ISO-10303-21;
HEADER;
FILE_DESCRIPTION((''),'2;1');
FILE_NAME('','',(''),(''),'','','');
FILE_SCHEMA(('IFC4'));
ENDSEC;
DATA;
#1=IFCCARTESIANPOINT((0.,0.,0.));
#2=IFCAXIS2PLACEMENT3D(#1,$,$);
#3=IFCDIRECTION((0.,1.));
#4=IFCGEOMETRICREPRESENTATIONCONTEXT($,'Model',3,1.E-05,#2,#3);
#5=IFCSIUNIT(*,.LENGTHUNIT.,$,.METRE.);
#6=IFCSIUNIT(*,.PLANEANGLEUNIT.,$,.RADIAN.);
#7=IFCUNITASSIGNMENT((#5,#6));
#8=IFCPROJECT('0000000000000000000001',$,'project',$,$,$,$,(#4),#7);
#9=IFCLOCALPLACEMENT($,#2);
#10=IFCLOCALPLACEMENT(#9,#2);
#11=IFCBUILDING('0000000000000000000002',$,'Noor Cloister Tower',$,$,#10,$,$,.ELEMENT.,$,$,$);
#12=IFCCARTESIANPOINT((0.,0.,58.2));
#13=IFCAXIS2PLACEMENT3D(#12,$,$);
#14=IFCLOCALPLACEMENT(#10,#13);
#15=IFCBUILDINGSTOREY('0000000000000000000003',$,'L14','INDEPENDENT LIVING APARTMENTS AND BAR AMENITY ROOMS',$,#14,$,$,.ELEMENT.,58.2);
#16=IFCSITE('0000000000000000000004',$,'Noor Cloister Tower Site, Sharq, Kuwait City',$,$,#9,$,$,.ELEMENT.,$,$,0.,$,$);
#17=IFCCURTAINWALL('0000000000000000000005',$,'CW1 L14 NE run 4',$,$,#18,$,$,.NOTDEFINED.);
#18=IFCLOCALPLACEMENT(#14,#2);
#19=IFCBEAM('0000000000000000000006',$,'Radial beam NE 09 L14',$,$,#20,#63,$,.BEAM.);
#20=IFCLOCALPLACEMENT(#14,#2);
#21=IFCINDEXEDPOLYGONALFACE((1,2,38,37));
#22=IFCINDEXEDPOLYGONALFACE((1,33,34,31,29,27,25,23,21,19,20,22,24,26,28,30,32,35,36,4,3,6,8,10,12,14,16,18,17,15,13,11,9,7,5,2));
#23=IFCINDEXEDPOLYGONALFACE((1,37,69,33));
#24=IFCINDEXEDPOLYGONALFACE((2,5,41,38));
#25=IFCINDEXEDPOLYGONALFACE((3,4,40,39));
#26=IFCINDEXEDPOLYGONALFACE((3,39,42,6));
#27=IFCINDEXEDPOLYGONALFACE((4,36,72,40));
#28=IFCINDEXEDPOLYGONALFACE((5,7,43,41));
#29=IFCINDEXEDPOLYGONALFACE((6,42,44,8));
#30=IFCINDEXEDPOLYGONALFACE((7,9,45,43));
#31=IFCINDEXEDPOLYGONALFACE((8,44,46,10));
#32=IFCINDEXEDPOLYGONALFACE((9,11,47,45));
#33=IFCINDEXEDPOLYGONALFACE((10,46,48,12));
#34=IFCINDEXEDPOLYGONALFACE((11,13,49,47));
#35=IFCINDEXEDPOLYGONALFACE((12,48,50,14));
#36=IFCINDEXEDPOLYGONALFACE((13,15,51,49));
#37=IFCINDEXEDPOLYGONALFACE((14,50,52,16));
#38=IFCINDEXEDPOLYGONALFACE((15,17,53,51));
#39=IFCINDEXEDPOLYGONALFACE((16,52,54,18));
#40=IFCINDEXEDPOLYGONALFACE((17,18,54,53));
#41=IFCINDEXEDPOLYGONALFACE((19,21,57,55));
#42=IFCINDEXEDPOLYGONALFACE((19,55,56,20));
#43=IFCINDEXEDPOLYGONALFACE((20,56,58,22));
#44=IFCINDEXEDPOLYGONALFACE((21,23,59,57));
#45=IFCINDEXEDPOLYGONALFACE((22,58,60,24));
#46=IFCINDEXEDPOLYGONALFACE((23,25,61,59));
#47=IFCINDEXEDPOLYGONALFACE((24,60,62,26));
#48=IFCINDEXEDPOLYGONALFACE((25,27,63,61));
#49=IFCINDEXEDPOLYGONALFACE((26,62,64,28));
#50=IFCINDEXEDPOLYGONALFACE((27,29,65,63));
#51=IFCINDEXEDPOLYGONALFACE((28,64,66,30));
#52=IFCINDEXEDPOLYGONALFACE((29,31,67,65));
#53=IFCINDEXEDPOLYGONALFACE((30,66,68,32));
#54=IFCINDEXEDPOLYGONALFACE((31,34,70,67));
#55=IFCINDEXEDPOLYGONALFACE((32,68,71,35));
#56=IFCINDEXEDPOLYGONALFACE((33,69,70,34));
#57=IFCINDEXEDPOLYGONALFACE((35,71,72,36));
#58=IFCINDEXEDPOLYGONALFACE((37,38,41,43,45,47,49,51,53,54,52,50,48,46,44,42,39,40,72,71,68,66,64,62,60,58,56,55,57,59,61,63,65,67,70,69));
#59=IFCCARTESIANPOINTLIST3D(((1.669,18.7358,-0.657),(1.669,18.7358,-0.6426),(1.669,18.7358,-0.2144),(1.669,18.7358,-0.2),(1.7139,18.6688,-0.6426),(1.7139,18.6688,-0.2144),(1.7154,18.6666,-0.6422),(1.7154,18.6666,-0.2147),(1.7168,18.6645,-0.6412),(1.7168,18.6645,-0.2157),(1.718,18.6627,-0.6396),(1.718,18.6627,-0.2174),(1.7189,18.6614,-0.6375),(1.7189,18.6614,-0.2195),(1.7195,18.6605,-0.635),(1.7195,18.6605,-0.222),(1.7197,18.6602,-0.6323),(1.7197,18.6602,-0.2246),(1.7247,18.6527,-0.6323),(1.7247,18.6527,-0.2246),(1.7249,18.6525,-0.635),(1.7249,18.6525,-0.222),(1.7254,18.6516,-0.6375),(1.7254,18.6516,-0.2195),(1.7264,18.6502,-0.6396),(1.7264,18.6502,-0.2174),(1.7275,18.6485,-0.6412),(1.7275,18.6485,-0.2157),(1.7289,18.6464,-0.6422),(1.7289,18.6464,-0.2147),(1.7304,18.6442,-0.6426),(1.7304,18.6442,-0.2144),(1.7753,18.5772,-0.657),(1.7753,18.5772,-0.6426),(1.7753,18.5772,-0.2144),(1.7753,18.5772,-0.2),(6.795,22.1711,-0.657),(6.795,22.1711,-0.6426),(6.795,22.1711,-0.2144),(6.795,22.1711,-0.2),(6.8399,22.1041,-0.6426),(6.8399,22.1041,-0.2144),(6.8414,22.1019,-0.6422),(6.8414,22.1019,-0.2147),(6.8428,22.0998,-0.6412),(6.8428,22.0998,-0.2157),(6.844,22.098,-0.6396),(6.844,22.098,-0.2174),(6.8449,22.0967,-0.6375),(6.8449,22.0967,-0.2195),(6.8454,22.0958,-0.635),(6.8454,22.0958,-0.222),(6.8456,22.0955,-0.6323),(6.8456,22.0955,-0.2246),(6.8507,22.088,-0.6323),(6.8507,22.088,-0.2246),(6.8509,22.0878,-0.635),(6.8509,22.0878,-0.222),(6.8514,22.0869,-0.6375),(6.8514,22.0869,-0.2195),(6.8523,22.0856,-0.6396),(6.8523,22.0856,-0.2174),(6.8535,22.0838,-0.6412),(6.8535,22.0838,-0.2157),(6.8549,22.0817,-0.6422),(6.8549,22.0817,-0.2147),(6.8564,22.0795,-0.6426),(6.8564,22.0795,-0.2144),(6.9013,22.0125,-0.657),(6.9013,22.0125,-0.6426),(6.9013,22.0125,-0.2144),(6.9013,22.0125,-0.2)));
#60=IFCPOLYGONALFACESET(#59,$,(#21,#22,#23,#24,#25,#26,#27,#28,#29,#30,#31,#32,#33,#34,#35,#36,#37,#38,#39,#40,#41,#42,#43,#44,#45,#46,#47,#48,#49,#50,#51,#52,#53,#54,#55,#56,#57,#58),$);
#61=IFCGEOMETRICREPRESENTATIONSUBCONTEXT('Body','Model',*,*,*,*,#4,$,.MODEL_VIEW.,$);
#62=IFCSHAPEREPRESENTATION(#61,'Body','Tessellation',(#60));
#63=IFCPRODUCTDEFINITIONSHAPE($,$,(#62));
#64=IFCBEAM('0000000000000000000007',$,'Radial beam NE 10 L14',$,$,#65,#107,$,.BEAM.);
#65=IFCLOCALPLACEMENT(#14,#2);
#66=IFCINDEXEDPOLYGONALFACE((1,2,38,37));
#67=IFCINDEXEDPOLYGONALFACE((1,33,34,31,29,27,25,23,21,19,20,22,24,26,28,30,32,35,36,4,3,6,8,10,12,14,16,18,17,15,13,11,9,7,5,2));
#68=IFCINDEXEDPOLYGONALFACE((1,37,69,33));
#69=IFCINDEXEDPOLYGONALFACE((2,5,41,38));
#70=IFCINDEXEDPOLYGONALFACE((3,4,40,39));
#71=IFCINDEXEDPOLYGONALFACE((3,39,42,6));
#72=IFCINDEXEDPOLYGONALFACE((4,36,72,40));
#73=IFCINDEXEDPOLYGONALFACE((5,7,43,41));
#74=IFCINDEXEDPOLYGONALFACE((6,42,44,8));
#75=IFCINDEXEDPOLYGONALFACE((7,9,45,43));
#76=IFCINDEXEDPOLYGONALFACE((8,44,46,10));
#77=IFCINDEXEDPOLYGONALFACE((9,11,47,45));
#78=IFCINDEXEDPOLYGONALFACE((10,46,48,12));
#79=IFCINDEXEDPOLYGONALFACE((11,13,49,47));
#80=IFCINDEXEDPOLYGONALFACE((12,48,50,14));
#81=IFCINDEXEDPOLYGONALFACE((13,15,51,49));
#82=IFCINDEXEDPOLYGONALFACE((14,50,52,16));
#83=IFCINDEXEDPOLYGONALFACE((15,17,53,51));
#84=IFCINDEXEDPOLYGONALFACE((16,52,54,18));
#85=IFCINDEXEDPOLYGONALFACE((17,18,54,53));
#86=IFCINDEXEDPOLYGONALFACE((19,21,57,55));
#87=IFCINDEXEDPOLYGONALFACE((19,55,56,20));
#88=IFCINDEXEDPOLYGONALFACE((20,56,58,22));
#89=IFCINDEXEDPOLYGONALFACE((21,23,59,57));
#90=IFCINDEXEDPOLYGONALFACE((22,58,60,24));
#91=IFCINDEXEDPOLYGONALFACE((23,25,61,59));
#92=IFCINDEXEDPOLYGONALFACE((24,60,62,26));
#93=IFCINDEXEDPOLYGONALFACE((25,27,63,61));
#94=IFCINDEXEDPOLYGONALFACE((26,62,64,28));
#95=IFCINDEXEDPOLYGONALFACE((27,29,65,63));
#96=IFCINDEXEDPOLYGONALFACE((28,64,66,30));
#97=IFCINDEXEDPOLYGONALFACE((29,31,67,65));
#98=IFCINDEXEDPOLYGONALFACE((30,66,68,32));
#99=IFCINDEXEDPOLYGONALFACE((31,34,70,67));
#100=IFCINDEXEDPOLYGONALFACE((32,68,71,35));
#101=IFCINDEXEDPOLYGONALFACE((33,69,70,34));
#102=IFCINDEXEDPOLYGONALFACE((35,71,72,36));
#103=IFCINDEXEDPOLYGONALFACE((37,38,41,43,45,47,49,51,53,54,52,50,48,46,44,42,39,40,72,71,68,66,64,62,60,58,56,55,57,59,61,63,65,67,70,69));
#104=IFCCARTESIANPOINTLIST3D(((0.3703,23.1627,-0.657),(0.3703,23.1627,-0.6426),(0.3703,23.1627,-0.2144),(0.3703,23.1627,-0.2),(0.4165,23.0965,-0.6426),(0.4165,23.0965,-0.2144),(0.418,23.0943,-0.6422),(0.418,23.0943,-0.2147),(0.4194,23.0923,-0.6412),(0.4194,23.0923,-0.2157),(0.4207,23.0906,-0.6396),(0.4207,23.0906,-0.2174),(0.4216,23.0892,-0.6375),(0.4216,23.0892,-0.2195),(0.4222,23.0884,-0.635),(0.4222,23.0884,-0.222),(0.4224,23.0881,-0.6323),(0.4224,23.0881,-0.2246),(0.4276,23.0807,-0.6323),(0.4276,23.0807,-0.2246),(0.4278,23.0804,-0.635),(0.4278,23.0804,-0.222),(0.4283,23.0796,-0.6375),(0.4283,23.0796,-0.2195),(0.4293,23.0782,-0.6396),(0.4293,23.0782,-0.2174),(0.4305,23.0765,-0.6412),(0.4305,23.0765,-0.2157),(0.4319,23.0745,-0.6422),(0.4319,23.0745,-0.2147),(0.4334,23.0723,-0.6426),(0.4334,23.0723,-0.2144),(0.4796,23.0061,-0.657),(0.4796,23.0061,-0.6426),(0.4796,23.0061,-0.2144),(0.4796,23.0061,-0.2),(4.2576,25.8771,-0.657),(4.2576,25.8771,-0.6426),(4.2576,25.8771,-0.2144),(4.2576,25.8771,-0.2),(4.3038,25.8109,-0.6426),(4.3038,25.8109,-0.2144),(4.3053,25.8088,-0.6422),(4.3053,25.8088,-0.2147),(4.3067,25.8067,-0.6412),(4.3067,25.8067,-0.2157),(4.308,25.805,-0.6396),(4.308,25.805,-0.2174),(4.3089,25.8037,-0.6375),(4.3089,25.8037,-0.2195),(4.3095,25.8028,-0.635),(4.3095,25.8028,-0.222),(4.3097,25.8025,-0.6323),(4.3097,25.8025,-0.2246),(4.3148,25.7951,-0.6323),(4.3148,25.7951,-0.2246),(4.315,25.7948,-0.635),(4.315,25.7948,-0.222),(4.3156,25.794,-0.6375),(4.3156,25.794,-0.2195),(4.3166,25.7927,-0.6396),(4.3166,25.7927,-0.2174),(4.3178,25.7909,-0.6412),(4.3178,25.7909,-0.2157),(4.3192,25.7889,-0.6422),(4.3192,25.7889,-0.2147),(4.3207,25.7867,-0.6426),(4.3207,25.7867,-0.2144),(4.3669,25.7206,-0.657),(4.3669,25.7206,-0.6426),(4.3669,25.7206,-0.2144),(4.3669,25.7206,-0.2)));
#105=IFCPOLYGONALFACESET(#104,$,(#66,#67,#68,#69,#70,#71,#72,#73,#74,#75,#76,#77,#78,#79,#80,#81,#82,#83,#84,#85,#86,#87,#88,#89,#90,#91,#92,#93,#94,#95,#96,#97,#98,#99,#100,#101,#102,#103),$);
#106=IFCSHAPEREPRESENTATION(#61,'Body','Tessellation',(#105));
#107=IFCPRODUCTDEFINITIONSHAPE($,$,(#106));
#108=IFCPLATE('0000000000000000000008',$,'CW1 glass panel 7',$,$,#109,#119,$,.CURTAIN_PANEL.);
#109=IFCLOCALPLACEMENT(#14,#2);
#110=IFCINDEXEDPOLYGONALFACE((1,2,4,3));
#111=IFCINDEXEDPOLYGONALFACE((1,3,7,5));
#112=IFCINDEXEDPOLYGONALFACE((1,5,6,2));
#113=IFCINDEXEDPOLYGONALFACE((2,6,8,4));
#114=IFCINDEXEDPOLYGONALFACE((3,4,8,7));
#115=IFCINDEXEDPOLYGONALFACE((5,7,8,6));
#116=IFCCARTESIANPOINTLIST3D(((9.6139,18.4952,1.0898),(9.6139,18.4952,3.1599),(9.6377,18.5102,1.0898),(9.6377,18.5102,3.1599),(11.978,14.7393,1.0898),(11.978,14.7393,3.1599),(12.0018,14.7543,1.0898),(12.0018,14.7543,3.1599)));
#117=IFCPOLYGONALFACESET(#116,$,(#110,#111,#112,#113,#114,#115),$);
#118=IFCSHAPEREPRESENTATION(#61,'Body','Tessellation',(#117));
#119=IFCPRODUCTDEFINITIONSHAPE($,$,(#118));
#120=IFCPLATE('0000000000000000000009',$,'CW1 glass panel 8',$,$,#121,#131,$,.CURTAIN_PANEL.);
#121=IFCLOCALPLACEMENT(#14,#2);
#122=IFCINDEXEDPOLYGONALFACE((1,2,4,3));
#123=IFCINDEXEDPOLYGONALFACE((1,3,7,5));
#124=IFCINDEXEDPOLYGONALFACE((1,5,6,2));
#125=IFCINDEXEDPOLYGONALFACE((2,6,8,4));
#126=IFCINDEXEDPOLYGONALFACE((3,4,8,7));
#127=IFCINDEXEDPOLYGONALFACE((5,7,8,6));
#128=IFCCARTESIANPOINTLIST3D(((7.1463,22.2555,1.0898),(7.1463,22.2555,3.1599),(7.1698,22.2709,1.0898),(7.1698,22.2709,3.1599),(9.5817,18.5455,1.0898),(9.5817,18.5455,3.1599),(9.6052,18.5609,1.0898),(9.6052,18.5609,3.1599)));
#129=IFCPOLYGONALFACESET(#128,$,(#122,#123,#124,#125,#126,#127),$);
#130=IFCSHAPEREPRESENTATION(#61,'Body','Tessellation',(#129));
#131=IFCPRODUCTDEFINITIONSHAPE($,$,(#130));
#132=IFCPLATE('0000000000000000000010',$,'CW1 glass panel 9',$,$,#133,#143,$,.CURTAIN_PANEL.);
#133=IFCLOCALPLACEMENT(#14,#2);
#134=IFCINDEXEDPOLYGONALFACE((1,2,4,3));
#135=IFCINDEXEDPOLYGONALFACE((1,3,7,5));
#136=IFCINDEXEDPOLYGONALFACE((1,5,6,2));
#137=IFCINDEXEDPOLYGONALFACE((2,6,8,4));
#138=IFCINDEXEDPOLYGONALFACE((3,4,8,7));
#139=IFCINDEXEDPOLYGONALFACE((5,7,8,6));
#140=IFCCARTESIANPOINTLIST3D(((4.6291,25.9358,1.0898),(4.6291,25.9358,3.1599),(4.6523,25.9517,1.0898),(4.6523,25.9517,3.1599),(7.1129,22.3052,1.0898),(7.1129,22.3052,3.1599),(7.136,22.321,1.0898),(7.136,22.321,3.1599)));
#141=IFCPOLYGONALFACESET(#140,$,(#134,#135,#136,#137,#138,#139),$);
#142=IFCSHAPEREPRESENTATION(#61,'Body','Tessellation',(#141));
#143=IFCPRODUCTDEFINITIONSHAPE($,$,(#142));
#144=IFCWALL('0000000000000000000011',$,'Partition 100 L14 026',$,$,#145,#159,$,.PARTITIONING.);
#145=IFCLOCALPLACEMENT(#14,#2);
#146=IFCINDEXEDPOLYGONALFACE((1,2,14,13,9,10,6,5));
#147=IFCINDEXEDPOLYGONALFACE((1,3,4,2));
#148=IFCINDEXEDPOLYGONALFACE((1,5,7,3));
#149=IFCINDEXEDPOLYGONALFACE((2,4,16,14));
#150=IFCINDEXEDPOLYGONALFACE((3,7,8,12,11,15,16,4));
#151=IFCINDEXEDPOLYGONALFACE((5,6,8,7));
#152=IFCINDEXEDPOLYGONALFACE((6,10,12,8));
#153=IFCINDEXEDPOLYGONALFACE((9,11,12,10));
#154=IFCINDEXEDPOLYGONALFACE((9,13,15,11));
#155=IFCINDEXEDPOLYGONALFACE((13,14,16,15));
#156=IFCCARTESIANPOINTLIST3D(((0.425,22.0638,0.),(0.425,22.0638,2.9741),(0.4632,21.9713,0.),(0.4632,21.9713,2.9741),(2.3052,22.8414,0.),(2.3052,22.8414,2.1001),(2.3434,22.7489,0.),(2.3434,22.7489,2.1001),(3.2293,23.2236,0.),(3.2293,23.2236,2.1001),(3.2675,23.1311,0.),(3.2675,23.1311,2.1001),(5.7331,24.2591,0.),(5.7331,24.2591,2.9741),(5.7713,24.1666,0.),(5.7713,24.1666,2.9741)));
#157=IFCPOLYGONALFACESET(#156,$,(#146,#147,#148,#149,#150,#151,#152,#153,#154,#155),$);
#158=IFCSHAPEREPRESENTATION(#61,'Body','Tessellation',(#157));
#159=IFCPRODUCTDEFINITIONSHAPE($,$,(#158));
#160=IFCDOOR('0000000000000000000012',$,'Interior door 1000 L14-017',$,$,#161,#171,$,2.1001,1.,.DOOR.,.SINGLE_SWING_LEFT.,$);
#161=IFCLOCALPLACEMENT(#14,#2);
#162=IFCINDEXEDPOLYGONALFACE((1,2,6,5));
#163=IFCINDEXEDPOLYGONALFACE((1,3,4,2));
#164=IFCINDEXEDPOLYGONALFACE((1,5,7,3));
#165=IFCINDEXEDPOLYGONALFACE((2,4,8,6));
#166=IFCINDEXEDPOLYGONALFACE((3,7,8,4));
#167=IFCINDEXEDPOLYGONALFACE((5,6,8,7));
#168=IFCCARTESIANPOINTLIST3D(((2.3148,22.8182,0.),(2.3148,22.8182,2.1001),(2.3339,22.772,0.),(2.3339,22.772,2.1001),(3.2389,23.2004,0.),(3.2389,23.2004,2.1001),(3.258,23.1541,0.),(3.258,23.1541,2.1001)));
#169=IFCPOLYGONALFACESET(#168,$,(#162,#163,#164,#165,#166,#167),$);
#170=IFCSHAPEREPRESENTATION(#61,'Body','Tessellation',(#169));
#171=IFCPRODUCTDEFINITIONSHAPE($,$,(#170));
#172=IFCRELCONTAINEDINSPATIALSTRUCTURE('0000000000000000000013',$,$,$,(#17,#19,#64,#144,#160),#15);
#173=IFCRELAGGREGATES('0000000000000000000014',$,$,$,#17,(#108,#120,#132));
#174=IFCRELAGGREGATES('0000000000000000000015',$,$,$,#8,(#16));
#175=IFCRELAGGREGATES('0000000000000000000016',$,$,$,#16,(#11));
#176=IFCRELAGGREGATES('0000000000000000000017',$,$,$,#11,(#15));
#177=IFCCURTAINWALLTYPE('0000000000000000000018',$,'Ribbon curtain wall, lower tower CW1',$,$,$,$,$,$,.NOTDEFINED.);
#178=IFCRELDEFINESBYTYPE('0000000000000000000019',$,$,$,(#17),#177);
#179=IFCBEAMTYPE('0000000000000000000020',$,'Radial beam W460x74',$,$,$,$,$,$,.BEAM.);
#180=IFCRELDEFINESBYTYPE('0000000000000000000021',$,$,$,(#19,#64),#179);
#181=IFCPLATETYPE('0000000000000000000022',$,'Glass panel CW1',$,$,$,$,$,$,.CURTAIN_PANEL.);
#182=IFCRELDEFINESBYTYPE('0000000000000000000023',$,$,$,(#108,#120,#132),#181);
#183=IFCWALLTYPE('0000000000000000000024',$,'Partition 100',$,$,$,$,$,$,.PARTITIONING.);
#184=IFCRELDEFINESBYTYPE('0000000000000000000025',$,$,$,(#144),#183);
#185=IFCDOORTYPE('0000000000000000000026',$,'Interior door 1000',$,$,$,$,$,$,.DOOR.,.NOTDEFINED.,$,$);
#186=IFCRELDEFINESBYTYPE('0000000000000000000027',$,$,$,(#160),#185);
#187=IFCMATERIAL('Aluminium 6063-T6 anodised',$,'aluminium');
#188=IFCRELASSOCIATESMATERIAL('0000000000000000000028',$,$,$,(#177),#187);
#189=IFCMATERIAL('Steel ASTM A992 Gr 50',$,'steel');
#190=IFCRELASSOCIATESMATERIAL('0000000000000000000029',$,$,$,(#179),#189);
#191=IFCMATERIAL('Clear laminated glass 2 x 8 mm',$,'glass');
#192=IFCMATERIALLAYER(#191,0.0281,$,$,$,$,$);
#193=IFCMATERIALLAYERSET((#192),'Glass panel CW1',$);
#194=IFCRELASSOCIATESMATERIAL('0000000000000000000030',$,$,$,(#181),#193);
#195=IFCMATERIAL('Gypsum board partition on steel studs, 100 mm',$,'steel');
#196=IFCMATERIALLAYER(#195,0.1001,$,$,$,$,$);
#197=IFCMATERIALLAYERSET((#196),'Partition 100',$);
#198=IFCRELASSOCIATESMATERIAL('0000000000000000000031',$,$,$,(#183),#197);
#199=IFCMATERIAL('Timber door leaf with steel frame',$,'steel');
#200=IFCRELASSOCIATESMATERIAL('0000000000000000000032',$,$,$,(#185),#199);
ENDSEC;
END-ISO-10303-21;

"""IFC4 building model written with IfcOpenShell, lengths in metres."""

from ifc_helpers import new_model, si_unit, direction, frame, frame_2d, origin, origin_2d, place, context, subcontext, project, spatial, rectangle, i_section, extrude, material, layer, layer_set, material_profile, profile_set, type_object, element, fill, aggregate, save


model = new_model("IFC4")

# Units and contexts
model_context = context("Model", 3, precision=1e-05, world=origin(), true_north=direction((0.0, 1.0)))
body_context = subcontext(model_context, "Body", "Model", "MODEL_VIEW")
ifc_project = project(units=[si_unit("LENGTHUNIT", "METRE"), si_unit("PLANEANGLEUNIT", "RADIAN")], contexts=[model_context])

# Site, building, storey
site_placement = place(None, origin())
site = spatial("IfcSite", under=ifc_project, at=site_placement, Name="Noor Cloister Tower Site, Sharq, Kuwait City", CompositionType="ELEMENT", RefElevation=0.0)
building_placement = place(site_placement, origin())
building = spatial("IfcBuilding", under=site, at=building_placement, Name="Noor Cloister Tower", CompositionType="ELEMENT")
storey_placement = place(building_placement, frame((0.0, 0.0, 58.2)))
storey = spatial("IfcBuildingStorey", under=building, at=storey_placement, Name="L14", Description="INDEPENDENT LIVING APARTMENTS AND BAR AMENITY ROOMS", CompositionType="ELEMENT", Elevation=58.2)

# Curtain wall
ifc_material_1 = material(Name="Aluminium 6063-T6 anodised", Category="aluminium")
curtain_wall_type = type_object("IfcCurtainWallType", Name="Ribbon curtain wall, lower tower CW1", PredefinedType="NOTDEFINED", material=ifc_material_1)
curtain_wall_placement = place(storey_placement, origin())
curtain_wall = element("IfcCurtainWall", 1, at=curtain_wall_placement, inside=storey, type_object=curtain_wall_type, Name="CW1 L14 NE run 4", PredefinedType="NOTDEFINED")

# Beams
ifc_material_2 = material(Name="Steel ASTM A992 Gr 50", Category="steel")
ifc_material_profile_1 = material_profile(ifc_material_2, i_section(OverallWidth=0.1909, OverallDepth=0.457, WebThickness=0.009, FlangeThickness=0.0144, FilletRadius=0.0103, at=origin_2d()), Name="W460x74")
ifc_profile_set_1 = profile_set([ifc_material_profile_1], Name="Steel ASTM A992 Gr 50")
beam_type_1 = type_object("IfcBeamType", Name="Radial beam W460x74", PredefinedType="BEAM", material=ifc_profile_set_1)
beam_1_placement = place(storey_placement, frame((6.8481, 22.0918, -0.4285), z_axis=(-0.830703, -0.556716, 0.0), x_axis=(0.556716, -0.830703, 0.0)))
element("IfcBeam", 2, at=beam_1_placement, inside=storey, type_object=beam_type_1, Name="Radial beam NE 09 L14", PredefinedType="BEAM", context=body_context, shape_type="SweptSolid", body=[
    extrude(i_section(OverallWidth=0.1909, OverallDepth=0.457, WebThickness=0.009, FlangeThickness=0.0144, FilletRadius=0.0103, at=origin_2d()), origin(), (0.0, 0.0, 1.0), 6.1707),
])
beam_2_placement = place(storey_placement, frame((4.3123, 25.7988, -0.4285), z_axis=(-0.819894, -0.572515, 0.0), x_axis=(0.572515, -0.819894, 0.0)))
element("IfcBeam", 3, at=beam_2_placement, inside=storey, type_object=beam_type_1, Name="Radial beam NE 10 L14", PredefinedType="BEAM", context=body_context, shape_type="SweptSolid", body=[
    extrude(i_section(OverallWidth=0.1909, OverallDepth=0.457, WebThickness=0.009, FlangeThickness=0.0144, FilletRadius=0.0103, at=origin_2d()), origin(), (0.0, 0.0, 1.0), 4.7412),
])

# Plates
ifc_material_3 = material(Name="Clear laminated glass 2 x 8 mm", Category="glass")
ifc_layer_1 = layer(ifc_material_3, 0.0281)
ifc_layer_set_1 = layer_set([ifc_layer_1], Name="Glass panel CW1")
plate_type = type_object("IfcPlateType", Name="Glass panel CW1", PredefinedType="CURTAIN_PANEL", material=ifc_layer_set_1)
plate_1_placement = place(storey_placement, frame((10.8079, 16.6248, 1.0898), z_axis=(0.0, 0.0, 1.0), x_axis=(-0.532703, 0.846302, 0.0)))
plate_1 = element("IfcPlate", 4, at=plate_1_placement, type_object=plate_type, Name="CW1 glass panel 7", PredefinedType="CURTAIN_PANEL", context=body_context, shape_type="SweptSolid", body=[
    extrude(rectangle(XDim=4.438, YDim=0.0281, at=origin_2d()), origin(), (0.0, 0.0, 1.0), 2.0701),
])
plate_2_placement = place(storey_placement, frame((8.3757, 20.4082, 1.0898), z_axis=(0.0, 0.0, 1.0), x_axis=(-0.548766, 0.835976, 0.0)))
plate_2 = element("IfcPlate", 5, at=plate_2_placement, type_object=plate_type, Name="CW1 glass panel 8", PredefinedType="CURTAIN_PANEL", context=body_context, shape_type="SweptSolid", body=[
    extrude(rectangle(XDim=4.438, YDim=0.0281, at=origin_2d()), origin(), (0.0, 0.0, 1.0), 2.0701),
])
plate_3_placement = place(storey_placement, frame((5.8826, 24.1284, 1.0898), z_axis=(0.0, 0.0, 1.0), x_axis=(-0.564629, 0.825345, 0.0)))
plate_3 = element("IfcPlate", 6, at=plate_3_placement, type_object=plate_type, Name="CW1 glass panel 9", PredefinedType="CURTAIN_PANEL", context=body_context, shape_type="SweptSolid", body=[
    extrude(rectangle(XDim=4.3989, YDim=0.0281, at=origin_2d()), origin(), (0.0, 0.0, 1.0), 2.0701),
])
aggregate(curtain_wall, [plate_1, plate_2, plate_3])

# Wall, opening, door
ifc_material_4 = material(Name="Gypsum board partition on steel studs, 100 mm", Category="steel")
ifc_layer_2 = layer(ifc_material_4, 0.1001)
ifc_layer_set_2 = layer_set([ifc_layer_2], Name="Partition 100")
wall_type = type_object("IfcWallType", Name="Partition 100", PredefinedType="PARTITIONING", material=ifc_layer_set_2)
wall_1_placement = place(storey_placement, frame((0.4441, 22.0176, 0.0), z_axis=(0.0, 0.0, 1.0), x_axis=(0.924087, 0.382182, 0.0)))
wall_1 = element("IfcWall", 7, at=wall_1_placement, inside=storey, type_object=wall_type, Name="Partition 100 L14 026", PredefinedType="PARTITIONING", context=body_context, shape_type="SweptSolid", body=[
    extrude(rectangle(XDim=5.7441, YDim=0.1001, at=frame_2d((2.8721, 0.0))), origin(), (0.0, 0.0, 1.0), 2.9741),
])
opening_1_placement = place(wall_1_placement, frame((2.0347, 0.0, 0.0)))
opening_1 = element("IfcOpeningElement", 8, at=opening_1_placement, cuts=wall_1, PredefinedType="OPENING", context=body_context, shape_type="SweptSolid", body=[
    extrude(rectangle(XDim=1.0, YDim=2.1001, at=frame_2d((0.5, 1.05))), frame((0.0, 0.0601, 0.0), z_axis=(0.0, -1.0, 0.0), x_axis=(1.0, 0.0, 0.0)), (0.0, 0.0, 1.0), 0.1201),
])
ifc_material_5 = material(Name="Timber door leaf with steel frame", Category="steel")
door_type = type_object("IfcDoorType", Name="Interior door 1000", OperationType="NOTDEFINED", PredefinedType="DOOR", material=ifc_material_5)
door_1_placement = place(opening_1_placement, origin())
door_1 = element("IfcDoor", 9, at=door_1_placement, inside=storey, type_object=door_type, Name="Interior door 1000 L14-017", OperationType="SINGLE_SWING_LEFT", OverallHeight=2.1001, OverallWidth=1.0, PredefinedType="DOOR", context=body_context, shape_type="SweptSolid", body=[
    extrude(rectangle(XDim=1.0, YDim=2.1001, at=frame_2d((0.5, 1.05))), frame((0.0, 0.0249, 0.0), z_axis=(0.0, -1.0, 0.0), x_axis=(1.0, 0.0, 0.0)), (0.0, 0.0, 1.0), 0.05),
])
fill(opening_1, door_1)

save(model, "model.ifc")
